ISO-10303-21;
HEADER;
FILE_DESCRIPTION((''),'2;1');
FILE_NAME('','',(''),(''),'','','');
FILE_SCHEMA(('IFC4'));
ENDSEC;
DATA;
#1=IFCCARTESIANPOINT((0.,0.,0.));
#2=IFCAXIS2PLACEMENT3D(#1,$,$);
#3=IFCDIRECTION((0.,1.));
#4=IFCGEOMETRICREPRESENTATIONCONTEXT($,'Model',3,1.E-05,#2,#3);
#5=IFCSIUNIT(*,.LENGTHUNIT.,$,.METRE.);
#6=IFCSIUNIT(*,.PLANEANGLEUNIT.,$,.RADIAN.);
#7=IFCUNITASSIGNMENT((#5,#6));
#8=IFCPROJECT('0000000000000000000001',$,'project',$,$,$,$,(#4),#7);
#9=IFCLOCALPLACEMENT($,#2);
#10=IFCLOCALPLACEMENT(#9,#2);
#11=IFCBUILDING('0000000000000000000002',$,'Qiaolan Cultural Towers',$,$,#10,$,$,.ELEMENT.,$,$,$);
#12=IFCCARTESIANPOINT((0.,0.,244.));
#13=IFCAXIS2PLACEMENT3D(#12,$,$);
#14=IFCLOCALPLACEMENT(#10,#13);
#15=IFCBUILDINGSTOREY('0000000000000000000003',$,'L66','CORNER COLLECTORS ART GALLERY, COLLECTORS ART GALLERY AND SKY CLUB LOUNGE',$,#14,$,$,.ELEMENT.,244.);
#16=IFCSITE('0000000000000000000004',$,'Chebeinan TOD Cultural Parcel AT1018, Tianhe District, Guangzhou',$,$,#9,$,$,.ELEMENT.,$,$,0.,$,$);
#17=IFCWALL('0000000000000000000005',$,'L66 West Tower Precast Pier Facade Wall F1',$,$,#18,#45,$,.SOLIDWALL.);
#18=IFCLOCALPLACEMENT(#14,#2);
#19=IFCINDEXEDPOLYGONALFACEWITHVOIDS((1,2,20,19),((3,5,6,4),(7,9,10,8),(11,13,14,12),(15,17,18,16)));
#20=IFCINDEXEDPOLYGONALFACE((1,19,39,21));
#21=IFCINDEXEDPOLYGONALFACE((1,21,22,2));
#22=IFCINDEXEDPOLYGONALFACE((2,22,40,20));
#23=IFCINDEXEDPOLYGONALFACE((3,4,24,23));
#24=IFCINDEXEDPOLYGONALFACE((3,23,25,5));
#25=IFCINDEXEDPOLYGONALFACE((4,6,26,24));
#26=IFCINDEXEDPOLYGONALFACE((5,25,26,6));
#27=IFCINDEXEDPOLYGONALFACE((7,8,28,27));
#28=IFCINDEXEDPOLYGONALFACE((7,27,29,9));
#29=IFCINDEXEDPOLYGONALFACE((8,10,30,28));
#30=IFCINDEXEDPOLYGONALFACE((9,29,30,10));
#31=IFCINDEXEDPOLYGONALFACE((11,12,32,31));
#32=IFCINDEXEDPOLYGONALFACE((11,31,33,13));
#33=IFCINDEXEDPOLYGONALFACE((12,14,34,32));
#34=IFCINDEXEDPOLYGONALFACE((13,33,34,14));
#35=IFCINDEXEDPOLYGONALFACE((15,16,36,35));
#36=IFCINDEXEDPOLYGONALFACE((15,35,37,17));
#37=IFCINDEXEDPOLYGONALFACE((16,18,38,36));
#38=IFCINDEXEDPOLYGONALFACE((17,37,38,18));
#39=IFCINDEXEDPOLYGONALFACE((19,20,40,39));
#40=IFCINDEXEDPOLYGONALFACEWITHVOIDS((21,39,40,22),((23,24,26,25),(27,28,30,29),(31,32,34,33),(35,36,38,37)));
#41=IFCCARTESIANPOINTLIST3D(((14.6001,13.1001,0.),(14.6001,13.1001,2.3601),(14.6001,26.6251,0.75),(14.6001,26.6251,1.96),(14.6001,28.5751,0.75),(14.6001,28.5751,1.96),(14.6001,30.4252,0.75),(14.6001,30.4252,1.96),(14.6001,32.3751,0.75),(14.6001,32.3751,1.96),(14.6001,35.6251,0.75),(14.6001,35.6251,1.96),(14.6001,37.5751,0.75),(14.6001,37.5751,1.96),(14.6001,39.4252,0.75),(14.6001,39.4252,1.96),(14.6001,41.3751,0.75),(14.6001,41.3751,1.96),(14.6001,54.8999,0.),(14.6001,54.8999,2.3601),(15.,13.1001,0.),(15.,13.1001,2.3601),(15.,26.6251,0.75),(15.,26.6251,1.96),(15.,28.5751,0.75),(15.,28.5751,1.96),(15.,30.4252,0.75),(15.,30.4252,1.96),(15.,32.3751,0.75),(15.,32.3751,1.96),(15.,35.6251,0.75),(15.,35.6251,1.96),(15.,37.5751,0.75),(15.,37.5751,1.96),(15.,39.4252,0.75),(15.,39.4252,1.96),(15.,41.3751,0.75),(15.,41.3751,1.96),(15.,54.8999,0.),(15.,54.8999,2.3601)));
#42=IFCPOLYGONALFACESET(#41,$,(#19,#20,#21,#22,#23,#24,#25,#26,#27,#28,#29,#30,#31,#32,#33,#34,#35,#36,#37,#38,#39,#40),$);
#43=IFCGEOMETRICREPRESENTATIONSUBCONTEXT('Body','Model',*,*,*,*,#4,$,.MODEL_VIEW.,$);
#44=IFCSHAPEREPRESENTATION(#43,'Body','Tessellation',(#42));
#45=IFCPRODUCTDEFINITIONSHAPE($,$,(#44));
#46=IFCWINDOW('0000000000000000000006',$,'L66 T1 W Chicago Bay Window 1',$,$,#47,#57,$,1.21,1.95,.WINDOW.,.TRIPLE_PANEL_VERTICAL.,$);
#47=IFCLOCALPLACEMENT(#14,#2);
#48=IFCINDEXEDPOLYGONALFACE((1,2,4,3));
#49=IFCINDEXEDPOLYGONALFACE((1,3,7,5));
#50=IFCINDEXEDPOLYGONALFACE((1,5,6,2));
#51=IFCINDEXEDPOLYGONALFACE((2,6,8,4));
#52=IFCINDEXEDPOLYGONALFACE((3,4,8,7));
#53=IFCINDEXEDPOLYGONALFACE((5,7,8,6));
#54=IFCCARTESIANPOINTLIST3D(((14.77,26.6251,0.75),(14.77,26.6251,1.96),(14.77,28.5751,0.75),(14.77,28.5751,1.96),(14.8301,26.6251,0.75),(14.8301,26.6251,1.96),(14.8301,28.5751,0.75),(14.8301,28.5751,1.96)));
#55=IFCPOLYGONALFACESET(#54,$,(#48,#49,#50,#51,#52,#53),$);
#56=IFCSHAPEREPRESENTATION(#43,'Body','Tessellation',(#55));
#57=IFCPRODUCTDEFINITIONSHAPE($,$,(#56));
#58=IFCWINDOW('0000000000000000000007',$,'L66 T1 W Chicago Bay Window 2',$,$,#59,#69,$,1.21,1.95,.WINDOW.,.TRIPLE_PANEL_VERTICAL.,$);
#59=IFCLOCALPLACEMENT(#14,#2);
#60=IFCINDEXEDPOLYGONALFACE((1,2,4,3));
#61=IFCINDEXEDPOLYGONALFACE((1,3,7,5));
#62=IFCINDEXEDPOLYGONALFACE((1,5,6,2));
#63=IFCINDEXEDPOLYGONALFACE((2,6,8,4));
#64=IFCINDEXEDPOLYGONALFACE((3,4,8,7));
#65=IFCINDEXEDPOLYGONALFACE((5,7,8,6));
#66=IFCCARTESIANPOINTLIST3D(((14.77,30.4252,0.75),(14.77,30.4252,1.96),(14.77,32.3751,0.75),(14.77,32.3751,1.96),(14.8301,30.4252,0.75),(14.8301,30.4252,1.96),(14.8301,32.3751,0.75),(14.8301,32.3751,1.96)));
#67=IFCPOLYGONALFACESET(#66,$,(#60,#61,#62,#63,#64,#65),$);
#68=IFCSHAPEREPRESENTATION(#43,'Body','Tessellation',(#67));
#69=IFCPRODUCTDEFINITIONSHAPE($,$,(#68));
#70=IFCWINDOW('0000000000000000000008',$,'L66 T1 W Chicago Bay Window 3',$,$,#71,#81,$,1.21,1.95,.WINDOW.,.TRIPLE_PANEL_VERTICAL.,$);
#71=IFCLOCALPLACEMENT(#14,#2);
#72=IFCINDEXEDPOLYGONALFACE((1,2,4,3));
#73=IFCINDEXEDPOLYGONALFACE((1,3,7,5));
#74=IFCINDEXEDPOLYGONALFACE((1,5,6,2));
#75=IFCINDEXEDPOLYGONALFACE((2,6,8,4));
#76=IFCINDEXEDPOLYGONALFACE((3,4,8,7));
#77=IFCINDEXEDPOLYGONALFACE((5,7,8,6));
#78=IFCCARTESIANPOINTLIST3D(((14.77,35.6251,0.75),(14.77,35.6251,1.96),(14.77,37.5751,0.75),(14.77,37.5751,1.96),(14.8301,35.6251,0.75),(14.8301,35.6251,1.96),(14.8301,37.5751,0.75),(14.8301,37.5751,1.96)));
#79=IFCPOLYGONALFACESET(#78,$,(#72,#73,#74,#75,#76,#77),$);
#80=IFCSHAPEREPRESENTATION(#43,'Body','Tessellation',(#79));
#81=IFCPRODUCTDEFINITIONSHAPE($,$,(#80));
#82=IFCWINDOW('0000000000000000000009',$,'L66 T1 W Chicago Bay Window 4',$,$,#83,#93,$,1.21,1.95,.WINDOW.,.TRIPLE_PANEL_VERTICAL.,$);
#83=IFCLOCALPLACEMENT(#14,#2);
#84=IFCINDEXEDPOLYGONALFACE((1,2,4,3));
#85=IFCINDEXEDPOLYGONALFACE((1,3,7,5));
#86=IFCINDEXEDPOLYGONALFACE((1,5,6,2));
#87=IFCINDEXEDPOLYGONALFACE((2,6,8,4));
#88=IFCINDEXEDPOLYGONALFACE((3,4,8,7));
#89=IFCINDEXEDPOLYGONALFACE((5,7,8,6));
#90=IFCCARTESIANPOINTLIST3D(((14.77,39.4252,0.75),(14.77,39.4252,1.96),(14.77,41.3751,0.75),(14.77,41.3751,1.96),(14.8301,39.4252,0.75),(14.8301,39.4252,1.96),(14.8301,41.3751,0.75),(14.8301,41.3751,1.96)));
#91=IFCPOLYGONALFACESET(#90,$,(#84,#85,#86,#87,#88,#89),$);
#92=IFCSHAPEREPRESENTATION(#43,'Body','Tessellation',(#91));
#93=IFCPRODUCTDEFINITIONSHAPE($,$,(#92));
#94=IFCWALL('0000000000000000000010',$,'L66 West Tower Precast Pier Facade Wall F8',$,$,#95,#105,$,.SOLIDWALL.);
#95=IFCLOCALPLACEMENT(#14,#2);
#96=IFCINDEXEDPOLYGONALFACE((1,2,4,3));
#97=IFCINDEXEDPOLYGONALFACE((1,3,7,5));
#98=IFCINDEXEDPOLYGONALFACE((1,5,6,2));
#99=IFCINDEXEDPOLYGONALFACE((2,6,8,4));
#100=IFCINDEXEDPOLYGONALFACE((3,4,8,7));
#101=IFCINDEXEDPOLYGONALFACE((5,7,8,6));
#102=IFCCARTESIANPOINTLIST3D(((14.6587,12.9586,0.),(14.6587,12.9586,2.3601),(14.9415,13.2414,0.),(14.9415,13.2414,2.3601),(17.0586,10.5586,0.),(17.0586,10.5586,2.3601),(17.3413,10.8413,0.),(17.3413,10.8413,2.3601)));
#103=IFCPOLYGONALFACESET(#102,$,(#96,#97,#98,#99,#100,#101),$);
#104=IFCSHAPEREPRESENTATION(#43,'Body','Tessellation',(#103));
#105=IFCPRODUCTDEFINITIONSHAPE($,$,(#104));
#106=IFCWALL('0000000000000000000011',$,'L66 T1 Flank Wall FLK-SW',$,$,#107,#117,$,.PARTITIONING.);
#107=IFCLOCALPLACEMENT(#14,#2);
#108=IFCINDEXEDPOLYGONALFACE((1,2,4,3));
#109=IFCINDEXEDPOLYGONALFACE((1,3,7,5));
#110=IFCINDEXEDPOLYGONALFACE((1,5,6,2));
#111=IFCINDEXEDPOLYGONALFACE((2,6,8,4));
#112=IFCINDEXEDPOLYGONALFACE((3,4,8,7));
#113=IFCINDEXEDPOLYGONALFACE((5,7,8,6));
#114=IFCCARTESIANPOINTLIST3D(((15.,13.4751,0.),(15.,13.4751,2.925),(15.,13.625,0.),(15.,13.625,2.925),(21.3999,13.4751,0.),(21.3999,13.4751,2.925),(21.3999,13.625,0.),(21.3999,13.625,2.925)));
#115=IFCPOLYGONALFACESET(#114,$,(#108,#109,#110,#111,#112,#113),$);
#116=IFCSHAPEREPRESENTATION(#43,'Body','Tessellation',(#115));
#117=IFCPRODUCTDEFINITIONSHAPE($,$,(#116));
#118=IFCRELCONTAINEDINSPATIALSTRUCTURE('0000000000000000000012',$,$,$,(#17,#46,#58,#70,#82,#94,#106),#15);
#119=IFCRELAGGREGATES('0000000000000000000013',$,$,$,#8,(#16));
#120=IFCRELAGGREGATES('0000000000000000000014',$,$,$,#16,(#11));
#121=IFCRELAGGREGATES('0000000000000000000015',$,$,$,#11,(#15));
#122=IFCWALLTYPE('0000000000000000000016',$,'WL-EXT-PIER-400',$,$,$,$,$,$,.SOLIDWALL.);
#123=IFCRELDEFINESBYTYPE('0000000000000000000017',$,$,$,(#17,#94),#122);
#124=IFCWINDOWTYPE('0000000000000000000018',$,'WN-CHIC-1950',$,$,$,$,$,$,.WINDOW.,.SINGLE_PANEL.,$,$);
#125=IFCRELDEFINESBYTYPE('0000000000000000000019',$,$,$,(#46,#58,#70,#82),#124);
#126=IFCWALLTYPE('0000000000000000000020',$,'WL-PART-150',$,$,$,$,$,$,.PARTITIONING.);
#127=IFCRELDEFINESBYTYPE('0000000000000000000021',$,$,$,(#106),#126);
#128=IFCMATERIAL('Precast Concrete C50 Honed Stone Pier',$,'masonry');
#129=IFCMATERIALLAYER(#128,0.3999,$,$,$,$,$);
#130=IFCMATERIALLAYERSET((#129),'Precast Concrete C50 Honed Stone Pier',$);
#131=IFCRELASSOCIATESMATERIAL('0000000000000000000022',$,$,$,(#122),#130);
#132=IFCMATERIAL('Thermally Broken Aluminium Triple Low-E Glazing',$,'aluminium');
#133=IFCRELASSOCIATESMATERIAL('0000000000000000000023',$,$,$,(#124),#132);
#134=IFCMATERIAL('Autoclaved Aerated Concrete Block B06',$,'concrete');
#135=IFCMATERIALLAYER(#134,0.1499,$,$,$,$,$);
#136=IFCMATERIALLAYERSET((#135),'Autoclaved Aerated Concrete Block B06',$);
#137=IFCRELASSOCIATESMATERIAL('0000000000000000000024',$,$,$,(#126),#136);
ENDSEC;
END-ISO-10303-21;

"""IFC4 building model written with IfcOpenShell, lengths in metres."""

from ifc_helpers import new_model, si_unit, direction, frame, frame_2d, origin, place, context, subcontext, project, spatial, rectangle, extrude, material, layer, layer_set, type_object, element, fill, save


model = new_model("IFC4")

# Units and contexts
model_context = context("Model", 3, precision=1e-05, world=origin(), true_north=direction((0.0, 1.0)))
body_context = subcontext(model_context, "Body", "Model", "MODEL_VIEW")
ifc_project = project(units=[si_unit("LENGTHUNIT", "METRE"), si_unit("PLANEANGLEUNIT", "RADIAN")], contexts=[model_context])

# Site, building, storey
site_placement = place(None, origin())
site = spatial("IfcSite", under=ifc_project, at=site_placement, Name="Chebeinan TOD Cultural Parcel AT1018, Tianhe District, Guangzhou", CompositionType="ELEMENT", RefElevation=0.0)
building_placement = place(site_placement, origin())
building = spatial("IfcBuilding", under=site, at=building_placement, Name="Qiaolan Cultural Towers", CompositionType="ELEMENT")
storey_placement = place(building_placement, frame((0.0, 0.0, 244.0)))
storey = spatial("IfcBuildingStorey", under=building, at=storey_placement, Name="L66", Description="CORNER COLLECTORS ART GALLERY, COLLECTORS ART GALLERY AND SKY CLUB LOUNGE", CompositionType="ELEMENT", Elevation=244.0)

# Wall, openings, windows
ifc_material_1 = material(Name="Precast Concrete C50 Honed Stone Pier", Category="masonry")
ifc_layer_1 = layer(ifc_material_1, 0.3999)
ifc_layer_set_1 = layer_set([ifc_layer_1], Name="Precast Concrete C50 Honed Stone Pier")
wall_type_1 = type_object("IfcWallType", Name="WL-EXT-PIER-400", PredefinedType="SOLIDWALL", material=ifc_layer_set_1)
wall_1_placement = place(storey_placement, frame((14.8, 13.1001, 0.0), z_axis=(0.0, 0.0, 1.0), x_axis=(0.0, 1.0, 0.0)))
wall_1 = element("IfcWall", 1, at=wall_1_placement, inside=storey, type_object=wall_type_1, Name="L66 West Tower Precast Pier Facade Wall F1", PredefinedType="SOLIDWALL", context=body_context, shape_type="SweptSolid", body=[
    extrude(rectangle(XDim=41.7998, YDim=0.3999, at=frame_2d((20.8999, 0.0))), origin(), (0.0, 0.0, 1.0), 2.3601),
])
opening_1_placement = place(wall_1_placement, frame((13.5249, 0.0, 0.75)))
opening_1 = element("IfcOpeningElement", 2, at=opening_1_placement, cuts=wall_1, PredefinedType="OPENING", context=body_context, shape_type="SweptSolid", body=[
    extrude(rectangle(XDim=1.95, YDim=1.21, at=frame_2d((0.9751, 0.605))), frame((0.0, 0.21, 0.0), z_axis=(0.0, -1.0, 0.0), x_axis=(1.0, 0.0, 0.0)), (0.0, 0.0, 1.0), 0.4199),
])
opening_2_placement = place(wall_1_placement, frame((17.325, 0.0, 0.75)))
opening_2 = element("IfcOpeningElement", 3, at=opening_2_placement, cuts=wall_1, PredefinedType="OPENING", context=body_context, shape_type="SweptSolid", body=[
    extrude(rectangle(XDim=1.95, YDim=1.21, at=frame_2d((0.9751, 0.605))), frame((0.0, 0.21, 0.0), z_axis=(0.0, -1.0, 0.0), x_axis=(1.0, 0.0, 0.0)), (0.0, 0.0, 1.0), 0.4199),
])
opening_3_placement = place(wall_1_placement, frame((22.5249, 0.0, 0.75)))
opening_3 = element("IfcOpeningElement", 4, at=opening_3_placement, cuts=wall_1, PredefinedType="OPENING", context=body_context, shape_type="SweptSolid", body=[
    extrude(rectangle(XDim=1.95, YDim=1.21, at=frame_2d((0.9751, 0.605))), frame((0.0, 0.21, 0.0), z_axis=(0.0, -1.0, 0.0), x_axis=(1.0, 0.0, 0.0)), (0.0, 0.0, 1.0), 0.4199),
])
opening_4_placement = place(wall_1_placement, frame((26.325, 0.0, 0.75)))
opening_4 = element("IfcOpeningElement", 5, at=opening_4_placement, cuts=wall_1, PredefinedType="OPENING", context=body_context, shape_type="SweptSolid", body=[
    extrude(rectangle(XDim=1.95, YDim=1.21, at=frame_2d((0.9751, 0.605))), frame((0.0, 0.21, 0.0), z_axis=(0.0, -1.0, 0.0), x_axis=(1.0, 0.0, 0.0)), (0.0, 0.0, 1.0), 0.4199),
])
ifc_material_2 = material(Name="Thermally Broken Aluminium Triple Low-E Glazing", Category="aluminium")
window_type = type_object("IfcWindowType", Name="WN-CHIC-1950", PartitioningType="SINGLE_PANEL", PredefinedType="WINDOW", material=ifc_material_2)
window_1_placement = place(opening_1_placement, origin())
window_1 = element("IfcWindow", 6, at=window_1_placement, inside=storey, type_object=window_type, Name="L66 T1 W Chicago Bay Window 1", OverallHeight=1.21, OverallWidth=1.95, PartitioningType="TRIPLE_PANEL_VERTICAL", PredefinedType="WINDOW", context=body_context, shape_type="SweptSolid", body=[
    extrude(rectangle(XDim=1.95, YDim=1.21, at=frame_2d((0.9751, 0.605))), frame((0.0, 0.03, 0.0), z_axis=(0.0, -1.0, 0.0), x_axis=(1.0, 0.0, 0.0)), (0.0, 0.0, 1.0), 0.0601),
])
fill(opening_1, window_1)
window_2_placement = place(opening_2_placement, origin())
window_2 = element("IfcWindow", 7, at=window_2_placement, inside=storey, type_object=window_type, Name="L66 T1 W Chicago Bay Window 2", OverallHeight=1.21, OverallWidth=1.95, PartitioningType="TRIPLE_PANEL_VERTICAL", PredefinedType="WINDOW", context=body_context, shape_type="SweptSolid", body=[
    extrude(rectangle(XDim=1.95, YDim=1.21, at=frame_2d((0.9751, 0.605))), frame((0.0, 0.03, 0.0), z_axis=(0.0, -1.0, 0.0), x_axis=(1.0, 0.0, 0.0)), (0.0, 0.0, 1.0), 0.0601),
])
fill(opening_2, window_2)
window_3_placement = place(opening_3_placement, origin())
window_3 = element("IfcWindow", 8, at=window_3_placement, inside=storey, type_object=window_type, Name="L66 T1 W Chicago Bay Window 3", OverallHeight=1.21, OverallWidth=1.95, PartitioningType="TRIPLE_PANEL_VERTICAL", PredefinedType="WINDOW", context=body_context, shape_type="SweptSolid", body=[
    extrude(rectangle(XDim=1.95, YDim=1.21, at=frame_2d((0.9751, 0.605))), frame((0.0, 0.03, 0.0), z_axis=(0.0, -1.0, 0.0), x_axis=(1.0, 0.0, 0.0)), (0.0, 0.0, 1.0), 0.0601),
])
fill(opening_3, window_3)
window_4_placement = place(opening_4_placement, origin())
window_4 = element("IfcWindow", 9, at=window_4_placement, inside=storey, type_object=window_type, Name="L66 T1 W Chicago Bay Window 4", OverallHeight=1.21, OverallWidth=1.95, PartitioningType="TRIPLE_PANEL_VERTICAL", PredefinedType="WINDOW", context=body_context, shape_type="SweptSolid", body=[
    extrude(rectangle(XDim=1.95, YDim=1.21, at=frame_2d((0.9751, 0.605))), frame((0.0, 0.03, 0.0), z_axis=(0.0, -1.0, 0.0), x_axis=(1.0, 0.0, 0.0)), (0.0, 0.0, 1.0), 0.0601),
])
fill(opening_4, window_4)

# Walls
wall_2_placement = place(storey_placement, frame((17.2, 10.7, 0.0), z_axis=(0.0, 0.0, 1.0), x_axis=(-0.707071, 0.707143, 0.0)))
element("IfcWall", 10, at=wall_2_placement, inside=storey, type_object=wall_type_1, Name="L66 West Tower Precast Pier Facade Wall F8", PredefinedType="SOLIDWALL", context=body_context, shape_type="SweptSolid", body=[
    extrude(rectangle(XDim=3.394, YDim=0.3999, at=frame_2d((1.697, 0.0))), origin(), (0.0, 0.0, 1.0), 2.3601),
])
ifc_material_3 = material(Name="Autoclaved Aerated Concrete Block B06", Category="concrete")
ifc_layer_2 = layer(ifc_material_3, 0.1499)
ifc_layer_set_2 = layer_set([ifc_layer_2], Name="Autoclaved Aerated Concrete Block B06")
wall_type_2 = type_object("IfcWallType", Name="WL-PART-150", PredefinedType="PARTITIONING", material=ifc_layer_set_2)
wall_3_placement = place(storey_placement, frame((15.0, 13.55, 0.0), z_axis=(0.0, 0.0, 1.0), x_axis=(1.0, 0.0, 0.0)))
element("IfcWall", 11, at=wall_3_placement, inside=storey, type_object=wall_type_2, Name="L66 T1 Flank Wall FLK-SW", PredefinedType="PARTITIONING", context=body_context, shape_type="SweptSolid", body=[
    extrude(rectangle(XDim=6.3999, YDim=0.1499, at=frame_2d((3.2, 0.0))), origin(), (0.0, 0.0, 1.0), 2.925),
])

save(model, "model.ifc")
